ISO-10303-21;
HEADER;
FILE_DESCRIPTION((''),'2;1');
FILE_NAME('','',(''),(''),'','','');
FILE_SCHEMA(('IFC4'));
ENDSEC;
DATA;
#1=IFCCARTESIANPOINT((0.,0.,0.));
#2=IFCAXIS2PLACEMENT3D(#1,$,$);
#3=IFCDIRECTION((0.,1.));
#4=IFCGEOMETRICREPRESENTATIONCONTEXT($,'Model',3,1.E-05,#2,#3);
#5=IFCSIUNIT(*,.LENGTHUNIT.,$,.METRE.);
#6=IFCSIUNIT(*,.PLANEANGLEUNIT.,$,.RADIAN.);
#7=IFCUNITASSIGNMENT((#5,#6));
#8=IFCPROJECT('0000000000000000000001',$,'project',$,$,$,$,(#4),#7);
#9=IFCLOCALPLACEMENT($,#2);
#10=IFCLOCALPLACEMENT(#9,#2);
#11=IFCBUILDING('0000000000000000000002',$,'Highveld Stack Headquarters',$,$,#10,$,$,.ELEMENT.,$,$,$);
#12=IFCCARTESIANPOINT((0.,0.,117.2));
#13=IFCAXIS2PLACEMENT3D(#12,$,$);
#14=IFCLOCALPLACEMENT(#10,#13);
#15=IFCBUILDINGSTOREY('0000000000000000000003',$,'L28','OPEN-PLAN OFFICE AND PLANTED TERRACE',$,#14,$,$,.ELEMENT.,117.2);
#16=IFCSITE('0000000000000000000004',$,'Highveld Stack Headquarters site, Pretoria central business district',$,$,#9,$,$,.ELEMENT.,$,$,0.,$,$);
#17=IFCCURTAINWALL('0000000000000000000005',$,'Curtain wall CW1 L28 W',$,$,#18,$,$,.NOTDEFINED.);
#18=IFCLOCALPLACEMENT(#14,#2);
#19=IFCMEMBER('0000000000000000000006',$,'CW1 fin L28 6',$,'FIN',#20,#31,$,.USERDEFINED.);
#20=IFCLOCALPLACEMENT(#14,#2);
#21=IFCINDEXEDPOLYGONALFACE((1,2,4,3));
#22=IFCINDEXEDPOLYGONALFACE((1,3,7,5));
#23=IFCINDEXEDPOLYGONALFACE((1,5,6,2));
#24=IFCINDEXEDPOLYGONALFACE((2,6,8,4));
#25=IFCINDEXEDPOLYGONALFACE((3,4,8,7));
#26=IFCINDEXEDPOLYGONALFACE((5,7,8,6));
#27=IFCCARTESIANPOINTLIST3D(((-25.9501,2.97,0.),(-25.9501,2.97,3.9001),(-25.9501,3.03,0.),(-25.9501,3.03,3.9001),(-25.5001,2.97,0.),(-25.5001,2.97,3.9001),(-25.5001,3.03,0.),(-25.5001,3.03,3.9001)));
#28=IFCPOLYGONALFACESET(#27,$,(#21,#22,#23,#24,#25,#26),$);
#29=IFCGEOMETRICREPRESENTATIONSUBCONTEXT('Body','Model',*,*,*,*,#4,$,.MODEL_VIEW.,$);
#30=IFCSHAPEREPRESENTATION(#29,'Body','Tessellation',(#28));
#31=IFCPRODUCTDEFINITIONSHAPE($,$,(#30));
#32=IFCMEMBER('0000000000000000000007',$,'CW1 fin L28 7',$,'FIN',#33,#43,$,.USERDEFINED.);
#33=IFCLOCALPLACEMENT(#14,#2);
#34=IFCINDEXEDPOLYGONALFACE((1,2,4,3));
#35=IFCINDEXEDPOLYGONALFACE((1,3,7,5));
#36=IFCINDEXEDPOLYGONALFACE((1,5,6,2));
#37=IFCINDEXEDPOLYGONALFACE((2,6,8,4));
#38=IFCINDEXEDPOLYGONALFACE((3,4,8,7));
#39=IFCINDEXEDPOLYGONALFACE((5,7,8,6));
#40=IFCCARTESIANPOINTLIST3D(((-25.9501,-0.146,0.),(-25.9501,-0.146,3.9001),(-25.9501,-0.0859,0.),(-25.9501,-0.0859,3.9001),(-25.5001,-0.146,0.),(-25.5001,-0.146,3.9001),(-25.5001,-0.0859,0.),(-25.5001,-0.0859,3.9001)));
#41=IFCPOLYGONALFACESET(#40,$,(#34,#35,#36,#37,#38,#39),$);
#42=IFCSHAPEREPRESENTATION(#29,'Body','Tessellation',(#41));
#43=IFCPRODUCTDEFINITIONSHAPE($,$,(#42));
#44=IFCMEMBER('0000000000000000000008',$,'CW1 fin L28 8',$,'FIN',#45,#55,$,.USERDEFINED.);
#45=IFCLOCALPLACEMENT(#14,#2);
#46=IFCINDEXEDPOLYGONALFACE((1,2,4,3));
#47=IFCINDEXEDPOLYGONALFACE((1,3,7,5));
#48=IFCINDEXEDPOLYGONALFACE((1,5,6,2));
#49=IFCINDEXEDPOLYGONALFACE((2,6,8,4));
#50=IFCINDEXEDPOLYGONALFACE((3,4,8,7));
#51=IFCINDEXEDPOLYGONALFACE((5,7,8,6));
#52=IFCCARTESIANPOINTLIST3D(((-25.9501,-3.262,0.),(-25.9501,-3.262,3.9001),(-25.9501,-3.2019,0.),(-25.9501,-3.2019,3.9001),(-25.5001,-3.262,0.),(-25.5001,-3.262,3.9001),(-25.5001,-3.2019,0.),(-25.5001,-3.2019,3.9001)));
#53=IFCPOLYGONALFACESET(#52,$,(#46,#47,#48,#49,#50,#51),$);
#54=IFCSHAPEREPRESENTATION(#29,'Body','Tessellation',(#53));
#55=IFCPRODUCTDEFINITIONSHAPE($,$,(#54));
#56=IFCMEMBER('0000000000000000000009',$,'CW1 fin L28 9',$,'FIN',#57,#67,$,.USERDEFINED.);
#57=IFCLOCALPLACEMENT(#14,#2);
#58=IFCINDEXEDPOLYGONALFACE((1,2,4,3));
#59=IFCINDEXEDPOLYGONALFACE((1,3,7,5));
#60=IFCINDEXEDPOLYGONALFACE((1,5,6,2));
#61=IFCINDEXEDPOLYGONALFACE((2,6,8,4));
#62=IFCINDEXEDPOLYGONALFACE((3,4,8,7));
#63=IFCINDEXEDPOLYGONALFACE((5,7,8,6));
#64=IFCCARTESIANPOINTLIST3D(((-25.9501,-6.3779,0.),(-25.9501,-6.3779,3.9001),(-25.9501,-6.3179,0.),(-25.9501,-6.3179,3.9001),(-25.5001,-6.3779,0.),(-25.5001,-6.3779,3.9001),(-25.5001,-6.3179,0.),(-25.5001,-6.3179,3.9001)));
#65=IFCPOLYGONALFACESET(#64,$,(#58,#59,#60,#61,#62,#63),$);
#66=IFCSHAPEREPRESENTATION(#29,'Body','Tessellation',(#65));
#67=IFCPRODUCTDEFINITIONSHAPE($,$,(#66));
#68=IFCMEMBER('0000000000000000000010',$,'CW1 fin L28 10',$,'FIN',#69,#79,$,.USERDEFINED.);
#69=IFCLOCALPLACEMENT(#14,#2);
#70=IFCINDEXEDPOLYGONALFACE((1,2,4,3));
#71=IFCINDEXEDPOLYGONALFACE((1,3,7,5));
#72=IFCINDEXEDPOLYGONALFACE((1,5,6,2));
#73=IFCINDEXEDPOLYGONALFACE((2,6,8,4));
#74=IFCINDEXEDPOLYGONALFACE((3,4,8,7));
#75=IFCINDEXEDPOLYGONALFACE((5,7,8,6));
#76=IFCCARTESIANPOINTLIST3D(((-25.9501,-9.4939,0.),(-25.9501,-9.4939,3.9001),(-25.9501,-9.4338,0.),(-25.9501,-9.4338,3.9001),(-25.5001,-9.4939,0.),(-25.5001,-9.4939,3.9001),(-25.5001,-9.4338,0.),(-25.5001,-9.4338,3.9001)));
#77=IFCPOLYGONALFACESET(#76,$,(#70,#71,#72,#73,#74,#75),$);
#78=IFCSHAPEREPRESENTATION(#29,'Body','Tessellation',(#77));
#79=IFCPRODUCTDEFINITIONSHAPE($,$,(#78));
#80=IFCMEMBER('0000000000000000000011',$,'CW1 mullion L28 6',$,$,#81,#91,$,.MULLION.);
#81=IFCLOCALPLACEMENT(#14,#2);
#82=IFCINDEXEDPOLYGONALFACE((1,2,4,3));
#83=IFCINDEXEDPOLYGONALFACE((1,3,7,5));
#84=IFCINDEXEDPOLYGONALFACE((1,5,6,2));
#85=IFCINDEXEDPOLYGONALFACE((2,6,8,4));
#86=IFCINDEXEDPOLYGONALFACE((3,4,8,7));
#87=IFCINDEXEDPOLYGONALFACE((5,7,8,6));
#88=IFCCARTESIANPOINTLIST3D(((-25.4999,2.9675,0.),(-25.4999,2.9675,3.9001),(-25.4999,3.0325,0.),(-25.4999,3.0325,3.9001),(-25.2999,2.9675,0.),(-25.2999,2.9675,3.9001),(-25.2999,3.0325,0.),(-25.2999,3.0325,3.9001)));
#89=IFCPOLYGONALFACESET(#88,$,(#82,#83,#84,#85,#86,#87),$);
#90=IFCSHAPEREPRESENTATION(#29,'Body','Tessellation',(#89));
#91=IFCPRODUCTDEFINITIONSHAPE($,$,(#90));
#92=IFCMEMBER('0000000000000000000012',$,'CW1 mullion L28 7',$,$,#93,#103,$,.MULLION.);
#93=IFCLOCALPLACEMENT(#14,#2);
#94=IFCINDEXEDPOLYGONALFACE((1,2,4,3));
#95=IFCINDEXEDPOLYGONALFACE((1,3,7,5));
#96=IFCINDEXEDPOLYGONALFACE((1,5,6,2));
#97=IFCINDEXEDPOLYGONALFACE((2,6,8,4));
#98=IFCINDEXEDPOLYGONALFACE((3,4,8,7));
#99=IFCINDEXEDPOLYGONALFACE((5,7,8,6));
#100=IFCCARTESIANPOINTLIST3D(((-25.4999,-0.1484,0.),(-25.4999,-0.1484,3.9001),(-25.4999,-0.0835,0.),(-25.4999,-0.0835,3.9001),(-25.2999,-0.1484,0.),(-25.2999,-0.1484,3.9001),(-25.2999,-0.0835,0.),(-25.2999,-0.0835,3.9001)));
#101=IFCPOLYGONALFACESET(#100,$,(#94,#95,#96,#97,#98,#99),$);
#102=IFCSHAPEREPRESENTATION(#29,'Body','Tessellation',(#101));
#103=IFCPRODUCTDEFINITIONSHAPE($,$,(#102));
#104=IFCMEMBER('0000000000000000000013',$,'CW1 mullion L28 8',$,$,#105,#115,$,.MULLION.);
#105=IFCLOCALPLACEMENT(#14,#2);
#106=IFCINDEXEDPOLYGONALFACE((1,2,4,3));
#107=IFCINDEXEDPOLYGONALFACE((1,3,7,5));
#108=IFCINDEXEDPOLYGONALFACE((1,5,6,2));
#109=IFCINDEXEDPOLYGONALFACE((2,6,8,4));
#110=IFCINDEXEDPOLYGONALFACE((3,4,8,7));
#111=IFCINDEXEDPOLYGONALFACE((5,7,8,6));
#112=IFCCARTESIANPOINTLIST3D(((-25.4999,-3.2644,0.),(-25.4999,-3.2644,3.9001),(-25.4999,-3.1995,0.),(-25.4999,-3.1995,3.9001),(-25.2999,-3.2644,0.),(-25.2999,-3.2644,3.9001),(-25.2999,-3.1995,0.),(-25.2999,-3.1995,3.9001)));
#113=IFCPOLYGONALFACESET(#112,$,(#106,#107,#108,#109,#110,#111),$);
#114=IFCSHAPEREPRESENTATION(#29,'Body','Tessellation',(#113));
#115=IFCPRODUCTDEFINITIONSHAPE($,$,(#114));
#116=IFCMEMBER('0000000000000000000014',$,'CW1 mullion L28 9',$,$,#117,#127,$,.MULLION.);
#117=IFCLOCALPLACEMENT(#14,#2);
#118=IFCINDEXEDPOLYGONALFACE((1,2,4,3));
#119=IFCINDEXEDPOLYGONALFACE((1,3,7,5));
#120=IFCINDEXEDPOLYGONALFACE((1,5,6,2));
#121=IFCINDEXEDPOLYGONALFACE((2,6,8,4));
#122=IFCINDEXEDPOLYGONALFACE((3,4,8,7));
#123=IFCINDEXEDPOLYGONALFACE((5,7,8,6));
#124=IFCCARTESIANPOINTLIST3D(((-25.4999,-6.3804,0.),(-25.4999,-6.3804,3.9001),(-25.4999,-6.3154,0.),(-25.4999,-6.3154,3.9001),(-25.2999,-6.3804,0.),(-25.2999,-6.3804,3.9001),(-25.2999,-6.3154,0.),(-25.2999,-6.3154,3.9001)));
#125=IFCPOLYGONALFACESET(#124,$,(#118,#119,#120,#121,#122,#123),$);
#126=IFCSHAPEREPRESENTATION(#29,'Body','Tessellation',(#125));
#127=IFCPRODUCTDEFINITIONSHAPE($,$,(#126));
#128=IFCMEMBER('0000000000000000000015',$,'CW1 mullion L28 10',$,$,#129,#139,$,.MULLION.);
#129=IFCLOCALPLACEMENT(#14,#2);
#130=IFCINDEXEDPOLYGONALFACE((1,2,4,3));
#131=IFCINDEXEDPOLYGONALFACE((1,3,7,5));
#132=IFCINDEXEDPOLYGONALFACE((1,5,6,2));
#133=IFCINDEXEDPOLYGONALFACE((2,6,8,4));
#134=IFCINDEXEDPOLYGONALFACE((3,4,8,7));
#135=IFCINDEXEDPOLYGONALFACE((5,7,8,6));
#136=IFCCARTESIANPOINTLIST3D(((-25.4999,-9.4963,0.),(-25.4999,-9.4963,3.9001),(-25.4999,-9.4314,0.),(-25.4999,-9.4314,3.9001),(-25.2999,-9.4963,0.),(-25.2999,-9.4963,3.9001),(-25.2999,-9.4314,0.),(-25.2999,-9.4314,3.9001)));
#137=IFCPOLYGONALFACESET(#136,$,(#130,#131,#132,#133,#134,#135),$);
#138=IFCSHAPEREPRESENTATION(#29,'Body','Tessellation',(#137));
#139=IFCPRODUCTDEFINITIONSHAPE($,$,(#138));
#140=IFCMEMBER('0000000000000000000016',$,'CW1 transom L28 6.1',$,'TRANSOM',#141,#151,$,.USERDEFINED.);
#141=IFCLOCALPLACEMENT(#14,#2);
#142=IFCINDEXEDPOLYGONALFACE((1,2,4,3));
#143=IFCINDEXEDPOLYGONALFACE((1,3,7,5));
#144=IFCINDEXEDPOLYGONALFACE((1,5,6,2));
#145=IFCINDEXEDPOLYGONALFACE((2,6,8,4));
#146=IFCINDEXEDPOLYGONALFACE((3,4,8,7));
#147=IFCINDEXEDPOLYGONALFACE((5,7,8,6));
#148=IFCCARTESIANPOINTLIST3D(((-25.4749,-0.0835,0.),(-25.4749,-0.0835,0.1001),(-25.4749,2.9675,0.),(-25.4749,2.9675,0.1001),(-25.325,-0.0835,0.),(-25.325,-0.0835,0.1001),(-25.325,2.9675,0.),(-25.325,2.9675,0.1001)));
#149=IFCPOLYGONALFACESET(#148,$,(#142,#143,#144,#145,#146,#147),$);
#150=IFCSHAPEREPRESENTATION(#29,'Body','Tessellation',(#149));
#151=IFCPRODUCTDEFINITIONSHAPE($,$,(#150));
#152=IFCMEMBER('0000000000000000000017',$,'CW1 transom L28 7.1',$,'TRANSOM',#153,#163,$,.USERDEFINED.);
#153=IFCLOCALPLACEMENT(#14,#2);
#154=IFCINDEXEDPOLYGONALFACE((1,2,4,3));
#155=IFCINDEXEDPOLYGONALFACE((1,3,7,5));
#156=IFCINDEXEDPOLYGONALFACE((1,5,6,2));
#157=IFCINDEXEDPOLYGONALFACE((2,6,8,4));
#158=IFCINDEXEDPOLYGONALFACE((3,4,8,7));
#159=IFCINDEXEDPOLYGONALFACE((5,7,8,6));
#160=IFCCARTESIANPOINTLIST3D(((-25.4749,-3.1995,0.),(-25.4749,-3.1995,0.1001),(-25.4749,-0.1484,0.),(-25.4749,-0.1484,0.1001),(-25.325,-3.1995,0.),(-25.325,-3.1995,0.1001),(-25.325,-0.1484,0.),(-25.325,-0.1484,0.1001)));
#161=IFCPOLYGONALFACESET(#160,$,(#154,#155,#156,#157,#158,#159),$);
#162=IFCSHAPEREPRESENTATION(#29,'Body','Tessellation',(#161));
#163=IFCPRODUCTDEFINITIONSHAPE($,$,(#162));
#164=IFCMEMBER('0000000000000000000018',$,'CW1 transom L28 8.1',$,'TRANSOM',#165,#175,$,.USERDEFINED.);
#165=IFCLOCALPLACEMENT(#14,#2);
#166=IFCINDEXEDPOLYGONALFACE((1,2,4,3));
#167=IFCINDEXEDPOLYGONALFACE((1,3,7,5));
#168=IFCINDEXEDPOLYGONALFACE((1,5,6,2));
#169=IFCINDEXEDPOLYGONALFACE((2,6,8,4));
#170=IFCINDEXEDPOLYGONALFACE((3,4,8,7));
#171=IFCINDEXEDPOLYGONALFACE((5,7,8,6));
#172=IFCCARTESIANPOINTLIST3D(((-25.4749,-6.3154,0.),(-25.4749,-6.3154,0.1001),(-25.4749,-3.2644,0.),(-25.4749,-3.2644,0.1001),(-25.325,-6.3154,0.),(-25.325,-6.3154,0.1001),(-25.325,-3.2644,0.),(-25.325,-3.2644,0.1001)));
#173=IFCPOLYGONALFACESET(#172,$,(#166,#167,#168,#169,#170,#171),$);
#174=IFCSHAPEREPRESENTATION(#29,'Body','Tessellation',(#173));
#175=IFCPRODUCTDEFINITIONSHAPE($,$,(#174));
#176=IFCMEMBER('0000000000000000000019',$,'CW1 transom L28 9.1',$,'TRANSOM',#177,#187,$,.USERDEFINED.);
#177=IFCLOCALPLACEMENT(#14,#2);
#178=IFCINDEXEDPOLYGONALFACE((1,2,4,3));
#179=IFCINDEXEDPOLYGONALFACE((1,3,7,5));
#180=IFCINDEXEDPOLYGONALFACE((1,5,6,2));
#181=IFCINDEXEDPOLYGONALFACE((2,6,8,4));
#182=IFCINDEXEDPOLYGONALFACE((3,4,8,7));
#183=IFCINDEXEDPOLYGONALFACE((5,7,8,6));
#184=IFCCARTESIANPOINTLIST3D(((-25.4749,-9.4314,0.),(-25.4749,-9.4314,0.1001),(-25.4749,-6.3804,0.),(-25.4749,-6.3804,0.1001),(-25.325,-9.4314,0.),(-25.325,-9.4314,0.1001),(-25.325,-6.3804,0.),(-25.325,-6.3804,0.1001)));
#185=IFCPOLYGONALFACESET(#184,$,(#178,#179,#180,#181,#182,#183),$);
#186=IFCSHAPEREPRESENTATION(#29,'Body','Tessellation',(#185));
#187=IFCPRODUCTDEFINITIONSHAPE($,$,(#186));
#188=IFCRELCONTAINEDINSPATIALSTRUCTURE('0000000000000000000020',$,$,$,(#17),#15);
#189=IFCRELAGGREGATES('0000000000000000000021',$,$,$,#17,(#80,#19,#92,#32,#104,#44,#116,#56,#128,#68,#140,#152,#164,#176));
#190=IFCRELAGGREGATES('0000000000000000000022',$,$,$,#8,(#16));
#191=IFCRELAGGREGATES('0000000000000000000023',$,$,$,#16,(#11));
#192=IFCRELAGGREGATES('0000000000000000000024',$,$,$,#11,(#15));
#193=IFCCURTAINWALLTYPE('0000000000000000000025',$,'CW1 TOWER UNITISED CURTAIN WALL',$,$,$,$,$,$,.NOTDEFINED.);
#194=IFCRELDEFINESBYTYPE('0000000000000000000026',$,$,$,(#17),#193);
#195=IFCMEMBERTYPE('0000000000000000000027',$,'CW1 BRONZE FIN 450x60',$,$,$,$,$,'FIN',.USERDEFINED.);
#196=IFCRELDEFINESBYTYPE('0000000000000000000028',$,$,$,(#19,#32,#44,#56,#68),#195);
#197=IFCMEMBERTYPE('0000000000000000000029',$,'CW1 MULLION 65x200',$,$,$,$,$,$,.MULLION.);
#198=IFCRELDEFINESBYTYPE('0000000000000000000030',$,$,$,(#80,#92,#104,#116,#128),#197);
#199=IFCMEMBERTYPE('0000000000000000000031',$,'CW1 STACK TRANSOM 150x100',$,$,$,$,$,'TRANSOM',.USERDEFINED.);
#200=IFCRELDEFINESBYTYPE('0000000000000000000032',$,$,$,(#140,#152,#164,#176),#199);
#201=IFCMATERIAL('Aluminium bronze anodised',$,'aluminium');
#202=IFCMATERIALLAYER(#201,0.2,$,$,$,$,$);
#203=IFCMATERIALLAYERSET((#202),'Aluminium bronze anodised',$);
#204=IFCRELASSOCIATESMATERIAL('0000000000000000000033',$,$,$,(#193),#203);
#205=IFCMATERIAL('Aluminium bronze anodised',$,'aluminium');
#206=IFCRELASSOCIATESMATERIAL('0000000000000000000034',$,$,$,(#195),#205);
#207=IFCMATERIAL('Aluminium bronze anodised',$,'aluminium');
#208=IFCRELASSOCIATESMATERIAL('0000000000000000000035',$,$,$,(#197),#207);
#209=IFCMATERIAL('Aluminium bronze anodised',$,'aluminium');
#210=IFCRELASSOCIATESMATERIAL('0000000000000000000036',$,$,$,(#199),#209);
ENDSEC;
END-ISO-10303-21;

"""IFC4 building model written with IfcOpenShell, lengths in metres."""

from ifc_helpers import new_model, si_unit, direction, frame, origin, origin_2d, place, context, subcontext, project, spatial, rectangle, extrude, material, layer, layer_set, material_profile, profile_set, type_object, element, aggregate, save


model = new_model("IFC4")

# Units and contexts
model_context = context("Model", 3, precision=1e-05, world=origin(), true_north=direction((0.0, 1.0)))
body_context = subcontext(model_context, "Body", "Model", "MODEL_VIEW")
ifc_project = project(units=[si_unit("LENGTHUNIT", "METRE"), si_unit("PLANEANGLEUNIT", "RADIAN")], contexts=[model_context])

# Site, building, storey
site_placement = place(None, origin())
site = spatial("IfcSite", under=ifc_project, at=site_placement, Name="Highveld Stack Headquarters site, Pretoria central business district", CompositionType="ELEMENT", RefElevation=0.0)
building_placement = place(site_placement, origin())
building = spatial("IfcBuilding", under=site, at=building_placement, Name="Highveld Stack Headquarters", CompositionType="ELEMENT")
storey_placement = place(building_placement, frame((0.0, 0.0, 117.2)))
storey = spatial("IfcBuildingStorey", under=building, at=storey_placement, Name="L28", Description="OPEN-PLAN OFFICE AND PLANTED TERRACE", CompositionType="ELEMENT", Elevation=117.2)

# Curtain wall, members
ifc_material_1 = material(Name="Aluminium bronze anodised", Category="aluminium")
ifc_layer_1 = layer(ifc_material_1, 0.2)
ifc_layer_set_1 = layer_set([ifc_layer_1], Name="Aluminium bronze anodised")
curtain_wall_type = type_object("IfcCurtainWallType", Name="CW1 TOWER UNITISED CURTAIN WALL", PredefinedType="NOTDEFINED", material=ifc_layer_set_1)
curtain_wall_placement = place(storey_placement, origin())
curtain_wall = element("IfcCurtainWall", 1, at=curtain_wall_placement, inside=storey, type_object=curtain_wall_type, Name="Curtain wall CW1 L28 W", PredefinedType="NOTDEFINED")
ifc_material_2 = material(Name="Aluminium bronze anodised", Category="aluminium")
ifc_material_profile_1 = material_profile(ifc_material_2, rectangle(XDim=0.45, YDim=0.0601, at=origin_2d()), Name="FIN 450x60")
ifc_profile_set_1 = profile_set([ifc_material_profile_1], Name="Aluminium bronze anodised")
member_type_1 = type_object("IfcMemberType", Name="CW1 BRONZE FIN 450x60", ElementType="FIN", PredefinedType="USERDEFINED", material=ifc_profile_set_1)
member_1_placement = place(storey_placement, frame((-25.7251, 3.0, 0.0), z_axis=(0.0, 0.0, 1.0), x_axis=(1.0, 0.0, 0.0)))
member_1 = element("IfcMember", 2, at=member_1_placement, type_object=member_type_1, Name="CW1 fin L28 6", ObjectType="FIN", PredefinedType="USERDEFINED", context=body_context, shape_type="SweptSolid", body=[
    extrude(rectangle(XDim=0.45, YDim=0.0601, at=origin_2d()), origin(), (0.0, 0.0, 1.0), 3.9001),
])
member_2_placement = place(storey_placement, frame((-25.7251, -0.116, 0.0), z_axis=(0.0, 0.0, 1.0), x_axis=(1.0, 0.0, 0.0)))
member_2 = element("IfcMember", 3, at=member_2_placement, type_object=member_type_1, Name="CW1 fin L28 7", ObjectType="FIN", PredefinedType="USERDEFINED", context=body_context, shape_type="SweptSolid", body=[
    extrude(rectangle(XDim=0.45, YDim=0.0601, at=origin_2d()), origin(), (0.0, 0.0, 1.0), 3.9001),
])
member_3_placement = place(storey_placement, frame((-25.7251, -3.2319, 0.0), z_axis=(0.0, 0.0, 1.0), x_axis=(1.0, 0.0, 0.0)))
member_3 = element("IfcMember", 4, at=member_3_placement, type_object=member_type_1, Name="CW1 fin L28 8", ObjectType="FIN", PredefinedType="USERDEFINED", context=body_context, shape_type="SweptSolid", body=[
    extrude(rectangle(XDim=0.45, YDim=0.0601, at=origin_2d()), origin(), (0.0, 0.0, 1.0), 3.9001),
])
member_4_placement = place(storey_placement, frame((-25.7251, -6.3479, 0.0), z_axis=(0.0, 0.0, 1.0), x_axis=(1.0, 0.0, 0.0)))
member_4 = element("IfcMember", 5, at=member_4_placement, type_object=member_type_1, Name="CW1 fin L28 9", ObjectType="FIN", PredefinedType="USERDEFINED", context=body_context, shape_type="SweptSolid", body=[
    extrude(rectangle(XDim=0.45, YDim=0.0601, at=origin_2d()), origin(), (0.0, 0.0, 1.0), 3.9001),
])
member_5_placement = place(storey_placement, frame((-25.7251, -9.4639, 0.0), z_axis=(0.0, 0.0, 1.0), x_axis=(1.0, 0.0, 0.0)))
member_5 = element("IfcMember", 6, at=member_5_placement, type_object=member_type_1, Name="CW1 fin L28 10", ObjectType="FIN", PredefinedType="USERDEFINED", context=body_context, shape_type="SweptSolid", body=[
    extrude(rectangle(XDim=0.45, YDim=0.0601, at=origin_2d()), origin(), (0.0, 0.0, 1.0), 3.9001),
])
ifc_material_3 = material(Name="Aluminium bronze anodised", Category="aluminium")
ifc_material_profile_2 = material_profile(ifc_material_3, rectangle(XDim=0.2, YDim=0.0649, at=origin_2d()), Name="CW1 MULLION 65x200")
ifc_profile_set_2 = profile_set([ifc_material_profile_2], Name="Aluminium bronze anodised")
member_type_2 = type_object("IfcMemberType", Name="CW1 MULLION 65x200", PredefinedType="MULLION", material=ifc_profile_set_2)
member_6_placement = place(storey_placement, frame((-25.3999, 3.0, 0.0), z_axis=(0.0, 0.0, 1.0), x_axis=(1.0, 0.0, 0.0)))
member_6 = element("IfcMember", 7, at=member_6_placement, type_object=member_type_2, Name="CW1 mullion L28 6", PredefinedType="MULLION", context=body_context, shape_type="SweptSolid", body=[
    extrude(rectangle(XDim=0.2, YDim=0.0649, at=origin_2d()), origin(), (0.0, 0.0, 1.0), 3.9001),
])
member_7_placement = place(storey_placement, frame((-25.3999, -0.116, 0.0), z_axis=(0.0, 0.0, 1.0), x_axis=(1.0, 0.0, 0.0)))
member_7 = element("IfcMember", 8, at=member_7_placement, type_object=member_type_2, Name="CW1 mullion L28 7", PredefinedType="MULLION", context=body_context, shape_type="SweptSolid", body=[
    extrude(rectangle(XDim=0.2, YDim=0.0649, at=origin_2d()), origin(), (0.0, 0.0, 1.0), 3.9001),
])
member_8_placement = place(storey_placement, frame((-25.3999, -3.2319, 0.0), z_axis=(0.0, 0.0, 1.0), x_axis=(1.0, 0.0, 0.0)))
member_8 = element("IfcMember", 9, at=member_8_placement, type_object=member_type_2, Name="CW1 mullion L28 8", PredefinedType="MULLION", context=body_context, shape_type="SweptSolid", body=[
    extrude(rectangle(XDim=0.2, YDim=0.0649, at=origin_2d()), origin(), (0.0, 0.0, 1.0), 3.9001),
])
member_9_placement = place(storey_placement, frame((-25.3999, -6.3479, 0.0), z_axis=(0.0, 0.0, 1.0), x_axis=(1.0, 0.0, 0.0)))
member_9 = element("IfcMember", 10, at=member_9_placement, type_object=member_type_2, Name="CW1 mullion L28 9", PredefinedType="MULLION", context=body_context, shape_type="SweptSolid", body=[
    extrude(rectangle(XDim=0.2, YDim=0.0649, at=origin_2d()), origin(), (0.0, 0.0, 1.0), 3.9001),
])
member_10_placement = place(storey_placement, frame((-25.3999, -9.4639, 0.0), z_axis=(0.0, 0.0, 1.0), x_axis=(1.0, 0.0, 0.0)))
member_10 = element("IfcMember", 11, at=member_10_placement, type_object=member_type_2, Name="CW1 mullion L28 10", PredefinedType="MULLION", context=body_context, shape_type="SweptSolid", body=[
    extrude(rectangle(XDim=0.2, YDim=0.0649, at=origin_2d()), origin(), (0.0, 0.0, 1.0), 3.9001),
])
ifc_material_4 = material(Name="Aluminium bronze anodised", Category="aluminium")
ifc_material_profile_3 = material_profile(ifc_material_4, rectangle(XDim=0.1499, YDim=0.1001, at=origin_2d()), Name="CW1 TRANSOM 150x100")
ifc_profile_set_3 = profile_set([ifc_material_profile_3], Name="Aluminium bronze anodised")
member_type_3 = type_object("IfcMemberType", Name="CW1 STACK TRANSOM 150x100", ElementType="TRANSOM", PredefinedType="USERDEFINED", material=ifc_profile_set_3)
member_11_placement = place(storey_placement, frame((-25.3999, 2.9675, 0.05), z_axis=(0.0, -1.0, 0.0), x_axis=(1.0, 0.0, 0.0)))
member_11 = element("IfcMember", 12, at=member_11_placement, type_object=member_type_3, Name="CW1 transom L28 6.1", ObjectType="TRANSOM", PredefinedType="USERDEFINED", context=body_context, shape_type="SweptSolid", body=[
    extrude(rectangle(XDim=0.1499, YDim=0.1001, at=origin_2d()), origin(), (0.0, 0.0, 1.0), 3.051),
])
member_12_placement = place(storey_placement, frame((-25.3999, -0.1484, 0.05), z_axis=(0.0, -1.0, 0.0), x_axis=(1.0, 0.0, 0.0)))
member_12 = element("IfcMember", 13, at=member_12_placement, type_object=member_type_3, Name="CW1 transom L28 7.1", ObjectType="TRANSOM", PredefinedType="USERDEFINED", context=body_context, shape_type="SweptSolid", body=[
    extrude(rectangle(XDim=0.1499, YDim=0.1001, at=origin_2d()), origin(), (0.0, 0.0, 1.0), 3.051),
])
member_13_placement = place(storey_placement, frame((-25.3999, -3.2644, 0.05), z_axis=(0.0, -1.0, 0.0), x_axis=(1.0, 0.0, 0.0)))
member_13 = element("IfcMember", 14, at=member_13_placement, type_object=member_type_3, Name="CW1 transom L28 8.1", ObjectType="TRANSOM", PredefinedType="USERDEFINED", context=body_context, shape_type="SweptSolid", body=[
    extrude(rectangle(XDim=0.1499, YDim=0.1001, at=origin_2d()), origin(), (0.0, 0.0, 1.0), 3.051),
])
member_14_placement = place(storey_placement, frame((-25.3999, -6.3804, 0.05), z_axis=(0.0, -1.0, 0.0), x_axis=(1.0, 0.0, 0.0)))
member_14 = element("IfcMember", 15, at=member_14_placement, type_object=member_type_3, Name="CW1 transom L28 9.1", ObjectType="TRANSOM", PredefinedType="USERDEFINED", context=body_context, shape_type="SweptSolid", body=[
    extrude(rectangle(XDim=0.1499, YDim=0.1001, at=origin_2d()), origin(), (0.0, 0.0, 1.0), 3.051),
])

aggregate(curtain_wall, [member_6, member_1, member_7, member_2, member_8, member_3, member_9, member_4, member_10, member_5, member_11, member_12, member_13, member_14])

save(model, "model.ifc")
